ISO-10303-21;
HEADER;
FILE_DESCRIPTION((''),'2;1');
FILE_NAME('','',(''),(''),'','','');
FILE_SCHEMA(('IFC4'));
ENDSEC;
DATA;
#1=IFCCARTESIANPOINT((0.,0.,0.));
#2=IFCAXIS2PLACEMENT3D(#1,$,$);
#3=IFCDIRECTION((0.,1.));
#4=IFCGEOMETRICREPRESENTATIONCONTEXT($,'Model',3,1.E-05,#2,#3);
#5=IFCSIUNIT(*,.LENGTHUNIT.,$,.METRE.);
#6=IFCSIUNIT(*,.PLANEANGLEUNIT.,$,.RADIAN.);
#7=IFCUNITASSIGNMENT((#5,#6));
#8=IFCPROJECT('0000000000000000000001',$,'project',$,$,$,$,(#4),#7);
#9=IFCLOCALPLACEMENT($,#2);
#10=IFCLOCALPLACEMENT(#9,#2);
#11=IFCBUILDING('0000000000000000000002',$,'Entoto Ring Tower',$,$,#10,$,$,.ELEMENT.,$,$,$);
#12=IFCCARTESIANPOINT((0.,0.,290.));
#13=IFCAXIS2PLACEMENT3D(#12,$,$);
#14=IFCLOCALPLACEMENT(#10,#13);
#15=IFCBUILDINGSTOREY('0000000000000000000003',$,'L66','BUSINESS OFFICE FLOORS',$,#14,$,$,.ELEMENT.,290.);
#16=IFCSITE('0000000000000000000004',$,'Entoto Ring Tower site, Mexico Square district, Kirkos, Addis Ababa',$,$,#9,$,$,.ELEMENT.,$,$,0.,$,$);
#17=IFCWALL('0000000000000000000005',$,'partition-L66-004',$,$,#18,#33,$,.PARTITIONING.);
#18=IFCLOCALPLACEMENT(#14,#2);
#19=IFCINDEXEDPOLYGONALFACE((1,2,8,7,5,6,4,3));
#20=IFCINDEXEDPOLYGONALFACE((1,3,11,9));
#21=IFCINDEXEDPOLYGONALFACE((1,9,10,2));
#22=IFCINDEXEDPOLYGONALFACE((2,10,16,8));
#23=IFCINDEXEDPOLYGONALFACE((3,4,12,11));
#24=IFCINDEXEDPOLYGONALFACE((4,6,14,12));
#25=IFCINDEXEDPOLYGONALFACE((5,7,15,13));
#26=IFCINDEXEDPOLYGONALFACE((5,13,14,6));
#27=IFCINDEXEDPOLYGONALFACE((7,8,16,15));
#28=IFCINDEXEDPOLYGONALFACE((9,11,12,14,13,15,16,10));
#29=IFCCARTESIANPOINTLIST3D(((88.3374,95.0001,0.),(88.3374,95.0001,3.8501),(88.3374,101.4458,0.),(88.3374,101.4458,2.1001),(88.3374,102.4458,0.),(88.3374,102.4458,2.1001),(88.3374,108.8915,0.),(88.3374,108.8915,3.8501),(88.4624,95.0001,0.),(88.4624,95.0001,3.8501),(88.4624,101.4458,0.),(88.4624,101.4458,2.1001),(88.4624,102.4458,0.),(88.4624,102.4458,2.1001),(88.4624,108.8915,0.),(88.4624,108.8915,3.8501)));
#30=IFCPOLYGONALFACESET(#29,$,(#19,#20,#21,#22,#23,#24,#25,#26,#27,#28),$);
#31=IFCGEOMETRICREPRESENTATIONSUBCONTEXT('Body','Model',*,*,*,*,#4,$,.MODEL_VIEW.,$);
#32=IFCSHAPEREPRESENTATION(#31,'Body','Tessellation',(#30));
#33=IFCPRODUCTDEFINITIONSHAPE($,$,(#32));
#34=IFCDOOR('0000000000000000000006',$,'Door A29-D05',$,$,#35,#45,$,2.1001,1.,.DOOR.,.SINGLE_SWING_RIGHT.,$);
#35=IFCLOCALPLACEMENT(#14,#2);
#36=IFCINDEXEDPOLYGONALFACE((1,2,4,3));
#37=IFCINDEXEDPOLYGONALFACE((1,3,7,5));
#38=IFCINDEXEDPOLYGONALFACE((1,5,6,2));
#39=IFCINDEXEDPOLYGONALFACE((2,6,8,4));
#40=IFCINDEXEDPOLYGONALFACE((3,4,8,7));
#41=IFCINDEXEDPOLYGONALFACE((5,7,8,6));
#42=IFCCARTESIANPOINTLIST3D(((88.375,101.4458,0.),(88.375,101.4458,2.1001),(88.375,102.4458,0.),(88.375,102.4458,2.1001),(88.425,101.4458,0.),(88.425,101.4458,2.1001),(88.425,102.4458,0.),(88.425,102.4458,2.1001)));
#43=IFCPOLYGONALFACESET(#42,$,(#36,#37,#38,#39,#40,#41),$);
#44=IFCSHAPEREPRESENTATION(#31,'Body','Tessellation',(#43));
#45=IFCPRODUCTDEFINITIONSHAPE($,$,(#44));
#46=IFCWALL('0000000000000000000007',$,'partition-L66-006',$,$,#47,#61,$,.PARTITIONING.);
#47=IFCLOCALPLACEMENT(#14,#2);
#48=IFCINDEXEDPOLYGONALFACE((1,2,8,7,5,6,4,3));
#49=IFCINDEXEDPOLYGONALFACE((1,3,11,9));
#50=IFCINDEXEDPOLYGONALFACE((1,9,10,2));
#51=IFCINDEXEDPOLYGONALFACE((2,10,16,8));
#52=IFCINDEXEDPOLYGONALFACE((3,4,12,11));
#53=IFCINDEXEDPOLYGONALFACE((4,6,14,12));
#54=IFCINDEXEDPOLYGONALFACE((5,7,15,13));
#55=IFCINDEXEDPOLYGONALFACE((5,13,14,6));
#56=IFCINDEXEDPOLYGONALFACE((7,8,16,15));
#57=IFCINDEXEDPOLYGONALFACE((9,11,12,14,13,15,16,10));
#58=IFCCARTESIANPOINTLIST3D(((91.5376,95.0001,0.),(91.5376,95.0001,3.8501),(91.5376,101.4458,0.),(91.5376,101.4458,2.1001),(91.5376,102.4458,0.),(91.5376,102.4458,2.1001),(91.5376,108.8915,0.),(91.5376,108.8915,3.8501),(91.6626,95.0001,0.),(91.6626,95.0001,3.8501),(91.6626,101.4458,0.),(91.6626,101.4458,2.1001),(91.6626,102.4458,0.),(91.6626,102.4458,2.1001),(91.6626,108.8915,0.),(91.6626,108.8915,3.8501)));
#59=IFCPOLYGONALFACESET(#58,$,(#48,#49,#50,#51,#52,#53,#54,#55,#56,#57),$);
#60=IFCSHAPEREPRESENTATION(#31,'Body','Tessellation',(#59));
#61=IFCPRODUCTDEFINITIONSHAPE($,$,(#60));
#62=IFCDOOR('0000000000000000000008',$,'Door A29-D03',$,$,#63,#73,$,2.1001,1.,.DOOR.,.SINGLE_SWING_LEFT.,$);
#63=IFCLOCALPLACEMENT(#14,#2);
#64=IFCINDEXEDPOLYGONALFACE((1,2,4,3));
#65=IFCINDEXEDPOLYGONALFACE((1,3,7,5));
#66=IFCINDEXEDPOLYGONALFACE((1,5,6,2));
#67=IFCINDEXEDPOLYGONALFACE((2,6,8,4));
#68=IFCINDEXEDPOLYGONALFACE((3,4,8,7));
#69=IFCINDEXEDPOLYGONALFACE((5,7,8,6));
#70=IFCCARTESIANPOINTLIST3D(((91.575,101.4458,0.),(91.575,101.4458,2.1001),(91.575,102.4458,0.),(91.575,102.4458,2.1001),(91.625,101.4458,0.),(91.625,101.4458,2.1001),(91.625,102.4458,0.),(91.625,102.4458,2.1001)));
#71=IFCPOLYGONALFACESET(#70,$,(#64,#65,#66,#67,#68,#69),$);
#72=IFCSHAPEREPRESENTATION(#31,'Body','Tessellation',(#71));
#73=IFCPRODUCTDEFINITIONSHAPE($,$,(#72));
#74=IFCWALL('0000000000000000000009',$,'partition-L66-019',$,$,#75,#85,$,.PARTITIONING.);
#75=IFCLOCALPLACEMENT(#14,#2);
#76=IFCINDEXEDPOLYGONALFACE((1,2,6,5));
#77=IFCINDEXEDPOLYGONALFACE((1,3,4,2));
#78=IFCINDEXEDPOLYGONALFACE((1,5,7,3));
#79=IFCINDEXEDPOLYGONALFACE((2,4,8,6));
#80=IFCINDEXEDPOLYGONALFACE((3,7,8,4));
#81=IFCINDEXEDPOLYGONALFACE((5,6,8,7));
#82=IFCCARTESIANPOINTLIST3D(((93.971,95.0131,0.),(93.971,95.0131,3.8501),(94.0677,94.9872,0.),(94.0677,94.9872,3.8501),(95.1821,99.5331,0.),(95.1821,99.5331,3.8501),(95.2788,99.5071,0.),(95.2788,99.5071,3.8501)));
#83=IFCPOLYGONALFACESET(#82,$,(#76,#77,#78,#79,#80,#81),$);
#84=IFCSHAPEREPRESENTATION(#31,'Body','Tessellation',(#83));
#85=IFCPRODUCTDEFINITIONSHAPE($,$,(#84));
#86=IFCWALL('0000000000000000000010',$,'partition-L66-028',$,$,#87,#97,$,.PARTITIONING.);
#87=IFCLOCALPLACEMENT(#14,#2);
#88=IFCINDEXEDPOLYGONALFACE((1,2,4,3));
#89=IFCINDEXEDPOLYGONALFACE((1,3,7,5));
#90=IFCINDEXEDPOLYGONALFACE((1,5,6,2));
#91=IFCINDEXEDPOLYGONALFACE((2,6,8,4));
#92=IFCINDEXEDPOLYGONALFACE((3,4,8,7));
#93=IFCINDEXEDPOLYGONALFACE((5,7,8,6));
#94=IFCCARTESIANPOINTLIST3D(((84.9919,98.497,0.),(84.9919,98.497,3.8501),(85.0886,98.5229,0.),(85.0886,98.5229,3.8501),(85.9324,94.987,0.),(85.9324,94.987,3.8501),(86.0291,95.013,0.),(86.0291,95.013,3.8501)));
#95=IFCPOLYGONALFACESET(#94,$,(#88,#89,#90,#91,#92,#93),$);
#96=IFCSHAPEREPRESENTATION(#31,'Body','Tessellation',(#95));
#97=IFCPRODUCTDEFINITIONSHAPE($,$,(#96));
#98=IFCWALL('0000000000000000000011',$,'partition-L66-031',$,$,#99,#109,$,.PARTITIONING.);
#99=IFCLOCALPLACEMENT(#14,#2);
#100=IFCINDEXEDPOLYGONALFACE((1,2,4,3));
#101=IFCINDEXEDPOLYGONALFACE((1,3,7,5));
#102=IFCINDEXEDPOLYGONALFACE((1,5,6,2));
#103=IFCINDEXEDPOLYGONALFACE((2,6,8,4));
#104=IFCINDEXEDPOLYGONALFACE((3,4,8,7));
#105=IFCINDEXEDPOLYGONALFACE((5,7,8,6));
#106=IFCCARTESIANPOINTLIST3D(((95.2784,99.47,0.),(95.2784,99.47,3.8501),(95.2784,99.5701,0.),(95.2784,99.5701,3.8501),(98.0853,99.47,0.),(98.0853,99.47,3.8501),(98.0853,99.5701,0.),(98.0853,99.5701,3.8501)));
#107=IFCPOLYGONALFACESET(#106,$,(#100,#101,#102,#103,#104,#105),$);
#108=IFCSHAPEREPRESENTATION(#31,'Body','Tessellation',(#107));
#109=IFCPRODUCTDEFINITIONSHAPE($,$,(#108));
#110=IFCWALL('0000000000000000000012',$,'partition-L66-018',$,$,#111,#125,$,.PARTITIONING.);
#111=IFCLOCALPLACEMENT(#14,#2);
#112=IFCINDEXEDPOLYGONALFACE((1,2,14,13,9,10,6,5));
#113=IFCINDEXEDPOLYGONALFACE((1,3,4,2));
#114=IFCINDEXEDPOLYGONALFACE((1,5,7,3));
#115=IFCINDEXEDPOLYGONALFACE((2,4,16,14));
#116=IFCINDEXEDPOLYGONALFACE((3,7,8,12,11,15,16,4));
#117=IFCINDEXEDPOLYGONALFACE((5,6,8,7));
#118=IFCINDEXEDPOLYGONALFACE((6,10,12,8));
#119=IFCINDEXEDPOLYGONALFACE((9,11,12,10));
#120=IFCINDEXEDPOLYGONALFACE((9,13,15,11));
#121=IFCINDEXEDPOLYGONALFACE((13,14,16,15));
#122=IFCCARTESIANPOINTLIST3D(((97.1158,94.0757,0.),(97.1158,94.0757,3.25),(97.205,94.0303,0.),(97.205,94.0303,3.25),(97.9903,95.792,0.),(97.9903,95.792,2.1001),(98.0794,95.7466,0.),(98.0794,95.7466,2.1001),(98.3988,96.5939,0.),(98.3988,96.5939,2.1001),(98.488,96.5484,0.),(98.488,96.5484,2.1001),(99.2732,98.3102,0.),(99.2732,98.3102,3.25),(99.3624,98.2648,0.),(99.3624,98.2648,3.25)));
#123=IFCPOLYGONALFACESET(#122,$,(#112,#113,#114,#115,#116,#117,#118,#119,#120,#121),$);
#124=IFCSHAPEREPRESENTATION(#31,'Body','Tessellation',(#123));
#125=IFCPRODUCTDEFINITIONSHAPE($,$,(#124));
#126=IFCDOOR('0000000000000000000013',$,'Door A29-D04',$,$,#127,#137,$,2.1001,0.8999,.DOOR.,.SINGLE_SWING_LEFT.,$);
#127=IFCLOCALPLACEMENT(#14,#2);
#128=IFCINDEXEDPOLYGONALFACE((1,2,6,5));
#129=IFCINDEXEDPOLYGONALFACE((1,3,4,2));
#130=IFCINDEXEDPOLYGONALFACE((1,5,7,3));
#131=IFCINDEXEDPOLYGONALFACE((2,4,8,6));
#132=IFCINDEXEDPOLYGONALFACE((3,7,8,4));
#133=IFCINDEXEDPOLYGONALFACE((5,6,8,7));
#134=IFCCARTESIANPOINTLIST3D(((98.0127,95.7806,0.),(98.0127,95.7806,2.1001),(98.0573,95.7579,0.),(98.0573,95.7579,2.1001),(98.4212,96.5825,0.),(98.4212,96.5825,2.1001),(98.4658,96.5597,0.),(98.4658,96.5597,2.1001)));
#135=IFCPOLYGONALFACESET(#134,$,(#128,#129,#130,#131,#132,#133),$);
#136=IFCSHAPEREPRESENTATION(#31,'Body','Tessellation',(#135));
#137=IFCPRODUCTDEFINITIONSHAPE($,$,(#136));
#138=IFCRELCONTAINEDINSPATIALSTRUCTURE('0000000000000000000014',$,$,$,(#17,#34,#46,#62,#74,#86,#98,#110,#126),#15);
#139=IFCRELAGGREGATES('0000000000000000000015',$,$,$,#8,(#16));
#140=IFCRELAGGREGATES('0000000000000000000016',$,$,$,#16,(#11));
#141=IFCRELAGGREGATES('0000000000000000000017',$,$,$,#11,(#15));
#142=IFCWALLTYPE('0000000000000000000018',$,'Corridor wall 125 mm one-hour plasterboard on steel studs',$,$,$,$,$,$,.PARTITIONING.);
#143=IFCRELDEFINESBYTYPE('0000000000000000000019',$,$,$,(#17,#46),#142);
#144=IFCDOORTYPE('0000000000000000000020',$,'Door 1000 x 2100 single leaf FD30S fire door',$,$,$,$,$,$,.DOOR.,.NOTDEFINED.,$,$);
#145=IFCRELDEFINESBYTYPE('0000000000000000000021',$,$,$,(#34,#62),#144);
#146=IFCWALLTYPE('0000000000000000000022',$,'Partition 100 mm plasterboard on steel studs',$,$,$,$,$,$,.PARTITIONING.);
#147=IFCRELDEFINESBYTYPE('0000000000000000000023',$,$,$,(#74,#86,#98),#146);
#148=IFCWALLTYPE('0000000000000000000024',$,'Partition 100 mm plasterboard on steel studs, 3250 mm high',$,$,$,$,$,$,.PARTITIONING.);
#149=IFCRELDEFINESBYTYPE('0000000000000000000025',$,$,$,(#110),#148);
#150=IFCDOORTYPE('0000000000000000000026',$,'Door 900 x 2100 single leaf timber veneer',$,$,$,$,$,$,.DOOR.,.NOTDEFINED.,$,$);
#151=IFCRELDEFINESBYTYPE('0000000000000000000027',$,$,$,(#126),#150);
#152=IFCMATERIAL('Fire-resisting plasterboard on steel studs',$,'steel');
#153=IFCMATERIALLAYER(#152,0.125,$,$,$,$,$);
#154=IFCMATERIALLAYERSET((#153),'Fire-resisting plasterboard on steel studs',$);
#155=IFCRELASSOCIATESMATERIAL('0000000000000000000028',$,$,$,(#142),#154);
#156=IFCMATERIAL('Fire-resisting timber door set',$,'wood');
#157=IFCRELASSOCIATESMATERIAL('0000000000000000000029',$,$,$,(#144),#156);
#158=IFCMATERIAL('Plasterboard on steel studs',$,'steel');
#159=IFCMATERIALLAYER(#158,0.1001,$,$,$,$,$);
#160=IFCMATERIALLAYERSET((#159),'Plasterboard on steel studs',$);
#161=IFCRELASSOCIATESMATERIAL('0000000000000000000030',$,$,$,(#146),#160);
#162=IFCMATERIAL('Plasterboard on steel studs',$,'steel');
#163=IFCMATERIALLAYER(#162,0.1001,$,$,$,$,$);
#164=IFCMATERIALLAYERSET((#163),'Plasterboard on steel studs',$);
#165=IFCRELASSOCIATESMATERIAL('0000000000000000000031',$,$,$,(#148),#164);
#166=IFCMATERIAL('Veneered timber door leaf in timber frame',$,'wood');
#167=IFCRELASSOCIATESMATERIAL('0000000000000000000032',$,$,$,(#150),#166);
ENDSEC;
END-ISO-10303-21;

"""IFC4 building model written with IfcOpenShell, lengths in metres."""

from ifc_helpers import new_model, si_unit, direction, frame, frame_2d, origin, place, context, subcontext, project, spatial, rectangle, extrude, material, layer, layer_set, type_object, element, fill, save


model = new_model("IFC4")

# Units and contexts
model_context = context("Model", 3, precision=1e-05, world=origin(), true_north=direction((0.0, 1.0)))
body_context = subcontext(model_context, "Body", "Model", "MODEL_VIEW")
ifc_project = project(units=[si_unit("LENGTHUNIT", "METRE"), si_unit("PLANEANGLEUNIT", "RADIAN")], contexts=[model_context])

# Site, building, storey
site_placement = place(None, origin())
site = spatial("IfcSite", under=ifc_project, at=site_placement, Name="Entoto Ring Tower site, Mexico Square district, Kirkos, Addis Ababa", CompositionType="ELEMENT", RefElevation=0.0)
building_placement = place(site_placement, origin())
building = spatial("IfcBuilding", under=site, at=building_placement, Name="Entoto Ring Tower", CompositionType="ELEMENT")
storey_placement = place(building_placement, frame((0.0, 0.0, 290.0)))
storey = spatial("IfcBuildingStorey", under=building, at=storey_placement, Name="L66", Description="BUSINESS OFFICE FLOORS", CompositionType="ELEMENT", Elevation=290.0)

# Walls, openings, doors
ifc_material_1 = material(Name="Fire-resisting plasterboard on steel studs", Category="steel")
ifc_layer_1 = layer(ifc_material_1, 0.125)
ifc_layer_set_1 = layer_set([ifc_layer_1], Name="Fire-resisting plasterboard on steel studs")
wall_type_1 = type_object("IfcWallType", Name="Corridor wall 125 mm one-hour plasterboard on steel studs", PredefinedType="PARTITIONING", material=ifc_layer_set_1)
wall_1_placement = place(storey_placement, frame((88.3999, 95.0, 0.0), z_axis=(0.0, 0.0, 1.0), x_axis=(0.0, 1.0, 0.0)))
wall_1 = element("IfcWall", 1, at=wall_1_placement, inside=storey, type_object=wall_type_1, Name="partition-L66-004", PredefinedType="PARTITIONING", context=body_context, shape_type="SweptSolid", body=[
    extrude(rectangle(XDim=13.8914, YDim=0.125, at=frame_2d((6.9458, 0.0))), origin(), (0.0, 0.0, 1.0), 3.8501),
])
opening_1_placement = place(wall_1_placement, frame((6.4458, 0.0, 0.0)))
opening_1 = element("IfcOpeningElement", 2, at=opening_1_placement, cuts=wall_1, PredefinedType="OPENING", context=body_context, shape_type="SweptSolid", body=[
    extrude(rectangle(XDim=1.0, YDim=2.1001, at=frame_2d((0.5, 1.05))), frame((0.0, 0.0725, 0.0), z_axis=(0.0, -1.0, 0.0), x_axis=(1.0, 0.0, 0.0)), (0.0, 0.0, 1.0), 0.145),
])
ifc_material_2 = material(Name="Fire-resisting timber door set", Category="wood")
door_type_1 = type_object("IfcDoorType", Name="Door 1000 x 2100 single leaf FD30S fire door", OperationType="NOTDEFINED", PredefinedType="DOOR", material=ifc_material_2)
door_1_placement = place(opening_1_placement, origin())
door_1 = element("IfcDoor", 3, at=door_1_placement, inside=storey, type_object=door_type_1, Name="Door A29-D05", OperationType="SINGLE_SWING_RIGHT", OverallHeight=2.1001, OverallWidth=1.0, PredefinedType="DOOR", context=body_context, shape_type="SweptSolid", body=[
    extrude(rectangle(XDim=1.0, YDim=2.1001, at=frame_2d((0.5, 1.05))), frame((0.0, 0.0249, 0.0), z_axis=(0.0, -1.0, 0.0), x_axis=(1.0, 0.0, 0.0)), (0.0, 0.0, 1.0), 0.05),
])
fill(opening_1, door_1)
wall_2_placement = place(storey_placement, frame((91.6001, 95.0, 0.0), z_axis=(0.0, 0.0, 1.0), x_axis=(0.0, 1.0, 0.0)))
wall_2 = element("IfcWall", 4, at=wall_2_placement, inside=storey, type_object=wall_type_1, Name="partition-L66-006", PredefinedType="PARTITIONING", context=body_context, shape_type="SweptSolid", body=[
    extrude(rectangle(XDim=13.8914, YDim=0.125, at=frame_2d((6.9458, 0.0))), origin(), (0.0, 0.0, 1.0), 3.8501),
])
opening_2_placement = place(wall_2_placement, frame((6.4458, 0.0, 0.0)))
opening_2 = element("IfcOpeningElement", 5, at=opening_2_placement, cuts=wall_2, PredefinedType="OPENING", context=body_context, shape_type="SweptSolid", body=[
    extrude(rectangle(XDim=1.0, YDim=2.1001, at=frame_2d((0.5, 1.05))), frame((0.0, 0.0725, 0.0), z_axis=(0.0, -1.0, 0.0), x_axis=(1.0, 0.0, 0.0)), (0.0, 0.0, 1.0), 0.145),
])
door_2_placement = place(opening_2_placement, frame((1.0, 0.0, 0.0), z_axis=(0.0, 0.0, 1.0), x_axis=(-1.0, 0.0, 0.0)))
door_2 = element("IfcDoor", 6, at=door_2_placement, inside=storey, type_object=door_type_1, Name="Door A29-D03", OperationType="SINGLE_SWING_LEFT", OverallHeight=2.1001, OverallWidth=1.0, PredefinedType="DOOR", context=body_context, shape_type="SweptSolid", body=[
    extrude(rectangle(XDim=1.0, YDim=2.1001, at=frame_2d((0.5, 1.05))), frame((0.0, 0.0249, 0.0), z_axis=(0.0, -1.0, 0.0), x_axis=(1.0, 0.0, 0.0)), (0.0, 0.0, 1.0), 0.05),
])
fill(opening_2, door_2)

# Walls
ifc_material_3 = material(Name="Plasterboard on steel studs", Category="steel")
ifc_layer_2 = layer(ifc_material_3, 0.1001)
ifc_layer_set_2 = layer_set([ifc_layer_2], Name="Plasterboard on steel studs")
wall_type_2 = type_object("IfcWallType", Name="Partition 100 mm plasterboard on steel studs", PredefinedType="PARTITIONING", material=ifc_layer_set_2)
wall_3_placement = place(storey_placement, frame((94.0193, 95.0, 0.0), z_axis=(0.0, 0.0, 1.0), x_axis=(0.258828, 0.965923, 0.0)))
element("IfcWall", 7, at=wall_3_placement, inside=storey, type_object=wall_type_2, Name="partition-L66-019", PredefinedType="PARTITIONING", context=body_context, shape_type="SweptSolid", body=[
    extrude(rectangle(XDim=4.6794, YDim=0.1001, at=frame_2d((2.3398, 0.0))), origin(), (0.0, 0.0, 1.0), 3.8501),
])
wall_4_placement = place(storey_placement, frame((85.9807, 95.0, 0.0), z_axis=(0.0, 0.0, 1.0), x_axis=(-0.2588, 0.965931, 0.0)))
element("IfcWall", 8, at=wall_4_placement, inside=storey, type_object=wall_type_2, Name="partition-L66-028", PredefinedType="PARTITIONING", context=body_context, shape_type="SweptSolid", body=[
    extrude(rectangle(XDim=3.6338, YDim=0.1001, at=frame_2d((1.8169, 0.0))), origin(), (0.0, 0.0, 1.0), 3.8501),
])
wall_5_placement = place(storey_placement, frame((95.2786, 99.52, 0.0), z_axis=(0.0, 0.0, 1.0), x_axis=(1.0, 0.0, 0.0)))
element("IfcWall", 9, at=wall_5_placement, inside=storey, type_object=wall_type_2, Name="partition-L66-031", PredefinedType="PARTITIONING", context=body_context, shape_type="SweptSolid", body=[
    extrude(rectangle(XDim=2.8069, YDim=0.1001, at=frame_2d((1.4033, 0.0))), origin(), (0.0, 0.0, 1.0), 3.8501),
])

# Wall, opening, door
ifc_material_4 = material(Name="Plasterboard on steel studs", Category="steel")
ifc_layer_3 = layer(ifc_material_4, 0.1001)
ifc_layer_set_3 = layer_set([ifc_layer_3], Name="Plasterboard on steel studs")
wall_type_3 = type_object("IfcWallType", Name="Partition 100 mm plasterboard on steel studs, 3250 mm high", PredefinedType="PARTITIONING", material=ifc_layer_set_3)
wall_6_placement = place(storey_placement, frame((97.1604, 94.053, 0.0), z_axis=(0.0, 0.0, 1.0), x_axis=(0.453961, 0.891021, 0.0)))
wall_6 = element("IfcWall", 10, at=wall_6_placement, inside=storey, type_object=wall_type_3, Name="partition-L66-018", PredefinedType="PARTITIONING", context=body_context, shape_type="SweptSolid", body=[
    extrude(rectangle(XDim=4.7524, YDim=0.1001, at=frame_2d((2.3762, 0.0))), origin(), (0.0, 0.0, 1.0), 3.25),
])
opening_3_placement = place(wall_6_placement, frame((1.9263, 0.0, 0.0)))
opening_3 = element("IfcOpeningElement", 11, at=opening_3_placement, cuts=wall_6, PredefinedType="OPENING", context=body_context, shape_type="SweptSolid", body=[
    extrude(rectangle(XDim=0.8999, YDim=2.1001, at=frame_2d((0.45, 1.05))), frame((0.0, 0.0601, 0.0), z_axis=(0.0, -1.0, 0.0), x_axis=(1.0, 0.0, 0.0)), (0.0, 0.0, 1.0), 0.1201),
])
ifc_material_5 = material(Name="Veneered timber door leaf in timber frame", Category="wood")
door_type_2 = type_object("IfcDoorType", Name="Door 900 x 2100 single leaf timber veneer", OperationType="NOTDEFINED", PredefinedType="DOOR", material=ifc_material_5)
door_3_placement = place(opening_3_placement, origin())
door_3 = element("IfcDoor", 12, at=door_3_placement, inside=storey, type_object=door_type_2, Name="Door A29-D04", OperationType="SINGLE_SWING_LEFT", OverallHeight=2.1001, OverallWidth=0.8999, PredefinedType="DOOR", context=body_context, shape_type="SweptSolid", body=[
    extrude(rectangle(XDim=0.8999, YDim=2.1001, at=frame_2d((0.45, 1.05))), frame((0.0, 0.0249, 0.0), z_axis=(0.0, -1.0, 0.0), x_axis=(1.0, 0.0, 0.0)), (0.0, 0.0, 1.0), 0.05),
])
fill(opening_3, door_3)

save(model, "model.ifc")
